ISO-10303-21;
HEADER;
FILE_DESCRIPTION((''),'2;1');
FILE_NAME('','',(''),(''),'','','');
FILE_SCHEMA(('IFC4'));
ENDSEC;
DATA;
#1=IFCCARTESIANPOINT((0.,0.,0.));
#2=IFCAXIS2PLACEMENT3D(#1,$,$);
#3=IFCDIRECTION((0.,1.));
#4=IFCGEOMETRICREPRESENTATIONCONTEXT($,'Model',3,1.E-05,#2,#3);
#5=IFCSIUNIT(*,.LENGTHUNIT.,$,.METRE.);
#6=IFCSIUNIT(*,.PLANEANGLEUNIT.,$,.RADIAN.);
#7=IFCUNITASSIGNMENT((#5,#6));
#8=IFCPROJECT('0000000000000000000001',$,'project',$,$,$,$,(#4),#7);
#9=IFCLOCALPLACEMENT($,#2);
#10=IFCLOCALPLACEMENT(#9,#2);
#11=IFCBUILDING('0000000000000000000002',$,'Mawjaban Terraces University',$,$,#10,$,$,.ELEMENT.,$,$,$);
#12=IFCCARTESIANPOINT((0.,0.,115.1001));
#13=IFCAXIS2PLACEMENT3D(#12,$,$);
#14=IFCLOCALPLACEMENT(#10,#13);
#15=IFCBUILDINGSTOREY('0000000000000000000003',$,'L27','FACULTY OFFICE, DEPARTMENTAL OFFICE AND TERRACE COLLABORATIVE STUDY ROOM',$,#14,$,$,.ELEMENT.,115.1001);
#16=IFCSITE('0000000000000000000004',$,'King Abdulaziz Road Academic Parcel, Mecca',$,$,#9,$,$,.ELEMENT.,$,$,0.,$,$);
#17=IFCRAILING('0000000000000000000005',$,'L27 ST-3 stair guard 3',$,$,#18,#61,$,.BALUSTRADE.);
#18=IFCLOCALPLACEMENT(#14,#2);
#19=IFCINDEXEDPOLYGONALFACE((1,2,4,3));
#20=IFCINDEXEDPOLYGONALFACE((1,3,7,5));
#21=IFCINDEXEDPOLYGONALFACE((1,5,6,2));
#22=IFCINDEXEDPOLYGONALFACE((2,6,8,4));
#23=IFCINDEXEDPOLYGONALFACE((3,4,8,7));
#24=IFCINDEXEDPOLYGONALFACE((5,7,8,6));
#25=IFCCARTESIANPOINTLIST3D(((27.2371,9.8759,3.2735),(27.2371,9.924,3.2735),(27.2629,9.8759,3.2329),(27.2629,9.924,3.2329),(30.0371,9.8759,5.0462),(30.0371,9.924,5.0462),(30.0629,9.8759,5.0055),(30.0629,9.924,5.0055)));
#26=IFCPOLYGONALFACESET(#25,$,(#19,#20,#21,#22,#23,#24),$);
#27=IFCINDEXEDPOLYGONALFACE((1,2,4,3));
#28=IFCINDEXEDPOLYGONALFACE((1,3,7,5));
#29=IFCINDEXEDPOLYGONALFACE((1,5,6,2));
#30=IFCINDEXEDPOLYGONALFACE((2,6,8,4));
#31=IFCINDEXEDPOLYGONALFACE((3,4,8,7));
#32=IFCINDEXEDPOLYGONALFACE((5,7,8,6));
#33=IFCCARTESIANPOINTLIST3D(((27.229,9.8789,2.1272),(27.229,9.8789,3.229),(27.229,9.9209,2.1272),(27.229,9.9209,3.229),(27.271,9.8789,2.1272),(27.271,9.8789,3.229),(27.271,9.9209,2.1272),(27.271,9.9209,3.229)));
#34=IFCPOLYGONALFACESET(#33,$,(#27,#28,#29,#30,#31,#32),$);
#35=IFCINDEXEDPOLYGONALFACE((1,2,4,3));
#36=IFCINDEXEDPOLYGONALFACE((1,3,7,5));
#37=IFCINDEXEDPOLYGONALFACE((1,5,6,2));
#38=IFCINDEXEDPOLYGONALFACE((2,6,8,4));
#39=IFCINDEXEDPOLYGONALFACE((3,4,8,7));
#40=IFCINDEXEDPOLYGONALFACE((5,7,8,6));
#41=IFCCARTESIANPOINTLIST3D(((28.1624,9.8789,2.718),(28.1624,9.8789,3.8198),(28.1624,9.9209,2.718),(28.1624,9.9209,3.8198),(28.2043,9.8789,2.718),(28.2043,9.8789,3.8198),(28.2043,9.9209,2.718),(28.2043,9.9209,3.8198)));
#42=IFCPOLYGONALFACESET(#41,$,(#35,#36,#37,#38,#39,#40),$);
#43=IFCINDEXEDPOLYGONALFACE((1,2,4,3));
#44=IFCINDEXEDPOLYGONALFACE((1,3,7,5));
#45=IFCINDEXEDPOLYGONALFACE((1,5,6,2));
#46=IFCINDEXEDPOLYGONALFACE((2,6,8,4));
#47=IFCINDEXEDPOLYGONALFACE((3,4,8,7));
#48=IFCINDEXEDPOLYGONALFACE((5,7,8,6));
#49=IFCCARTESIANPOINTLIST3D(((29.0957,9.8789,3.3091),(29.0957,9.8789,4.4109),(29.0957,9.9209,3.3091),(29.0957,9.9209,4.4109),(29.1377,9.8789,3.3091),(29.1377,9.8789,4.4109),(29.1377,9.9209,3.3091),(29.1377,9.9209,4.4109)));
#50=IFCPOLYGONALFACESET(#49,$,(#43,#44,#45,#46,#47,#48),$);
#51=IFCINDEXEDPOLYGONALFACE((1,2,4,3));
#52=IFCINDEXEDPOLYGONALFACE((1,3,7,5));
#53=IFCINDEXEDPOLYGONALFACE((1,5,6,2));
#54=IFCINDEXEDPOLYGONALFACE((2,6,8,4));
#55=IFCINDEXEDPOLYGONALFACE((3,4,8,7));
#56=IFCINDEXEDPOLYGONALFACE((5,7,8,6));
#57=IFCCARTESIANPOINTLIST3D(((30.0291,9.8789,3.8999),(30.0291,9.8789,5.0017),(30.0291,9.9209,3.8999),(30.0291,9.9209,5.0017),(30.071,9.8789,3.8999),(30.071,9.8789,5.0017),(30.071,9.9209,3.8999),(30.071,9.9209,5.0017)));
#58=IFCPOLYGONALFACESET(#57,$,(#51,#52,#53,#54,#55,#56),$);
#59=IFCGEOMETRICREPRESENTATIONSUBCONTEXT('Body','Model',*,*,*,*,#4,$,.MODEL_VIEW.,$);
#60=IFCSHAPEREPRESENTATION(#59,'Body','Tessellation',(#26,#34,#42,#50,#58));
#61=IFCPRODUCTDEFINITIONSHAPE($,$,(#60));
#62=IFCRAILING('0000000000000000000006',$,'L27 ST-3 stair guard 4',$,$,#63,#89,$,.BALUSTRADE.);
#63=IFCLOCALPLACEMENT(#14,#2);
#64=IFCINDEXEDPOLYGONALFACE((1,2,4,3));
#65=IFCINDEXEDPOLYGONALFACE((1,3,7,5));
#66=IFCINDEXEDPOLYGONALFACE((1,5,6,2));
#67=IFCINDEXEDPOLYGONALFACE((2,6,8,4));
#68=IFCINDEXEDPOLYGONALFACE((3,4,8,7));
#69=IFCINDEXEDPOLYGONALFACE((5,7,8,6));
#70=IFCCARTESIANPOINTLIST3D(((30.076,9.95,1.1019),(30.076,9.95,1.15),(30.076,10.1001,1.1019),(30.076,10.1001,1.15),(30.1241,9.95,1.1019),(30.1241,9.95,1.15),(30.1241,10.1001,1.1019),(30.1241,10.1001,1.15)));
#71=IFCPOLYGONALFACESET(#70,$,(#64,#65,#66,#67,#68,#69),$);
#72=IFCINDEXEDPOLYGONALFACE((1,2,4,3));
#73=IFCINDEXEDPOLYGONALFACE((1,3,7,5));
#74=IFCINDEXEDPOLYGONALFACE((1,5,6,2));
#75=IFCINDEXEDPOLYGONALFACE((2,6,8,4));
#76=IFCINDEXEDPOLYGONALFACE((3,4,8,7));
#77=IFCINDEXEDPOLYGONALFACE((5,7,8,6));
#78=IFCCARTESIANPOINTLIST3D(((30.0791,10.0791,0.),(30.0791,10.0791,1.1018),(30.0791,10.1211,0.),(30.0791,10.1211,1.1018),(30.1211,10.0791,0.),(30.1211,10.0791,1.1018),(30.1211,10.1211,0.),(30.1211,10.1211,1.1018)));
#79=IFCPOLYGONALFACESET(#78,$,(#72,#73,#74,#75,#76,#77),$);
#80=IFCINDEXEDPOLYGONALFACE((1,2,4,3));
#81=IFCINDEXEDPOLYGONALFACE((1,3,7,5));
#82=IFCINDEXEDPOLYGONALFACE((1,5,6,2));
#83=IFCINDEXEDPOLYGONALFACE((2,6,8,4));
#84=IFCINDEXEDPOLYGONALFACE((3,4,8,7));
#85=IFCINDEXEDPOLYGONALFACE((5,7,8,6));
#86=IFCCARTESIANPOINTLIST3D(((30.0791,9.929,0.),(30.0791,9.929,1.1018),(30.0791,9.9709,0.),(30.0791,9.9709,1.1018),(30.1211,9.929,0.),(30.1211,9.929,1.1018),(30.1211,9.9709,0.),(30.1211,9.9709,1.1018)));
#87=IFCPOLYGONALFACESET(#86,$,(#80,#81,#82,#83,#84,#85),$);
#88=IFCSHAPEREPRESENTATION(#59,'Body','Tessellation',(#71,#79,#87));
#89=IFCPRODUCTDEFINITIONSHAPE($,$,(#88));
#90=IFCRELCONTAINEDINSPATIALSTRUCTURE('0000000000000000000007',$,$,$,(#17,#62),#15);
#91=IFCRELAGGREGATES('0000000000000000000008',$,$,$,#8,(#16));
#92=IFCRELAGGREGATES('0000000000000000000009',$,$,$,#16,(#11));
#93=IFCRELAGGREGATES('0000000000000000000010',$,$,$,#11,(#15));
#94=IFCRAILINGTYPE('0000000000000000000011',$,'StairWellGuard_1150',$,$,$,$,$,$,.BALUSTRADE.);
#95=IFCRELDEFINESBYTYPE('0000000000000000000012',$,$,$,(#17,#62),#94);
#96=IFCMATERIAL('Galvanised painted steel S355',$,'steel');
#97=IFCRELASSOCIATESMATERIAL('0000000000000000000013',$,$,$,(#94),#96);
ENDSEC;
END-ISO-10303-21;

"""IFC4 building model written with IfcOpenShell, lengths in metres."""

from ifc_helpers import new_model, si_unit, direction, frame, origin, origin_2d, place, context, subcontext, project, spatial, rectangle, extrude, material, type_object, element, save


model = new_model("IFC4")

# Units and contexts
model_context = context("Model", 3, precision=1e-05, world=origin(), true_north=direction((0.0, 1.0)))
body_context = subcontext(model_context, "Body", "Model", "MODEL_VIEW")
ifc_project = project(units=[si_unit("LENGTHUNIT", "METRE"), si_unit("PLANEANGLEUNIT", "RADIAN")], contexts=[model_context])

# Site, building, storey
site_placement = place(None, origin())
site = spatial("IfcSite", under=ifc_project, at=site_placement, Name="King Abdulaziz Road Academic Parcel, Mecca", CompositionType="ELEMENT", RefElevation=0.0)
building_placement = place(site_placement, origin())
building = spatial("IfcBuilding", under=site, at=building_placement, Name="Mawjaban Terraces University", CompositionType="ELEMENT")
storey_placement = place(building_placement, frame((0.0, 0.0, 115.1001)))
storey = spatial("IfcBuildingStorey", under=building, at=storey_placement, Name="L27", Description="FACULTY OFFICE, DEPARTMENTAL OFFICE AND TERRACE COLLABORATIVE STUDY ROOM", CompositionType="ELEMENT", Elevation=115.1001)

# Railings
ifc_material_1 = material(Name="Galvanised painted steel S355", Category="steel")
railing_type_1 = type_object("IfcRailingType", Name="StairWellGuard_1150", PredefinedType="BALUSTRADE", material=ifc_material_1)
railing_1_placement = place(storey_placement, frame((27.25, 9.8999, 2.1272)))
element("IfcRailing", 1, at=railing_1_placement, inside=storey, type_object=railing_type_1, Name="L27 ST-3 stair guard 3", PredefinedType="BALUSTRADE", context=body_context, shape_type="SweptSolid", body=[
    extrude(rectangle(XDim=0.0481, YDim=0.0481, at=origin_2d()), frame((0.0, 0.0, 1.126), z_axis=(0.844909, 0.0, 0.53491), x_axis=(0.0, 1.0, 0.0)), (0.0, 0.0, 1.0), 3.314),
    extrude(rectangle(XDim=0.042, YDim=0.042, at=origin_2d()), origin(), (0.0, 0.0, 1.0), 1.1018),
    extrude(rectangle(XDim=0.042, YDim=0.042, at=origin_2d()), frame((0.9333, 0.0, 0.5908)), (0.0, 0.0, 1.0), 1.1018),
    extrude(rectangle(XDim=0.042, YDim=0.042, at=origin_2d()), frame((1.8667, 0.0, 1.1819)), (0.0, 0.0, 1.0), 1.1018),
    extrude(rectangle(XDim=0.042, YDim=0.042, at=origin_2d()), frame((2.8, 0.0, 1.7727)), (0.0, 0.0, 1.0), 1.1018),
])
railing_2_placement = place(storey_placement, frame((30.1001, 10.1001, 0.0)))
element("IfcRailing", 2, at=railing_2_placement, inside=storey, type_object=railing_type_1, Name="L27 ST-3 stair guard 4", PredefinedType="BALUSTRADE", context=body_context, shape_type="SweptSolid", body=[
    extrude(rectangle(XDim=0.0481, YDim=0.0481, at=origin_2d()), frame((0.0, 0.0, 1.126), z_axis=(0.0, -1.0, 0.0), x_axis=(1.0, 0.0, 0.0)), (0.0, 0.0, 1.0), 0.1501),
    extrude(rectangle(XDim=0.042, YDim=0.042, at=origin_2d()), origin(), (0.0, 0.0, 1.0), 1.1018),
    extrude(rectangle(XDim=0.042, YDim=0.042, at=origin_2d()), frame((0.0, -0.1501, 0.0)), (0.0, 0.0, 1.0), 1.1018),
])

save(model, "model.ifc")
